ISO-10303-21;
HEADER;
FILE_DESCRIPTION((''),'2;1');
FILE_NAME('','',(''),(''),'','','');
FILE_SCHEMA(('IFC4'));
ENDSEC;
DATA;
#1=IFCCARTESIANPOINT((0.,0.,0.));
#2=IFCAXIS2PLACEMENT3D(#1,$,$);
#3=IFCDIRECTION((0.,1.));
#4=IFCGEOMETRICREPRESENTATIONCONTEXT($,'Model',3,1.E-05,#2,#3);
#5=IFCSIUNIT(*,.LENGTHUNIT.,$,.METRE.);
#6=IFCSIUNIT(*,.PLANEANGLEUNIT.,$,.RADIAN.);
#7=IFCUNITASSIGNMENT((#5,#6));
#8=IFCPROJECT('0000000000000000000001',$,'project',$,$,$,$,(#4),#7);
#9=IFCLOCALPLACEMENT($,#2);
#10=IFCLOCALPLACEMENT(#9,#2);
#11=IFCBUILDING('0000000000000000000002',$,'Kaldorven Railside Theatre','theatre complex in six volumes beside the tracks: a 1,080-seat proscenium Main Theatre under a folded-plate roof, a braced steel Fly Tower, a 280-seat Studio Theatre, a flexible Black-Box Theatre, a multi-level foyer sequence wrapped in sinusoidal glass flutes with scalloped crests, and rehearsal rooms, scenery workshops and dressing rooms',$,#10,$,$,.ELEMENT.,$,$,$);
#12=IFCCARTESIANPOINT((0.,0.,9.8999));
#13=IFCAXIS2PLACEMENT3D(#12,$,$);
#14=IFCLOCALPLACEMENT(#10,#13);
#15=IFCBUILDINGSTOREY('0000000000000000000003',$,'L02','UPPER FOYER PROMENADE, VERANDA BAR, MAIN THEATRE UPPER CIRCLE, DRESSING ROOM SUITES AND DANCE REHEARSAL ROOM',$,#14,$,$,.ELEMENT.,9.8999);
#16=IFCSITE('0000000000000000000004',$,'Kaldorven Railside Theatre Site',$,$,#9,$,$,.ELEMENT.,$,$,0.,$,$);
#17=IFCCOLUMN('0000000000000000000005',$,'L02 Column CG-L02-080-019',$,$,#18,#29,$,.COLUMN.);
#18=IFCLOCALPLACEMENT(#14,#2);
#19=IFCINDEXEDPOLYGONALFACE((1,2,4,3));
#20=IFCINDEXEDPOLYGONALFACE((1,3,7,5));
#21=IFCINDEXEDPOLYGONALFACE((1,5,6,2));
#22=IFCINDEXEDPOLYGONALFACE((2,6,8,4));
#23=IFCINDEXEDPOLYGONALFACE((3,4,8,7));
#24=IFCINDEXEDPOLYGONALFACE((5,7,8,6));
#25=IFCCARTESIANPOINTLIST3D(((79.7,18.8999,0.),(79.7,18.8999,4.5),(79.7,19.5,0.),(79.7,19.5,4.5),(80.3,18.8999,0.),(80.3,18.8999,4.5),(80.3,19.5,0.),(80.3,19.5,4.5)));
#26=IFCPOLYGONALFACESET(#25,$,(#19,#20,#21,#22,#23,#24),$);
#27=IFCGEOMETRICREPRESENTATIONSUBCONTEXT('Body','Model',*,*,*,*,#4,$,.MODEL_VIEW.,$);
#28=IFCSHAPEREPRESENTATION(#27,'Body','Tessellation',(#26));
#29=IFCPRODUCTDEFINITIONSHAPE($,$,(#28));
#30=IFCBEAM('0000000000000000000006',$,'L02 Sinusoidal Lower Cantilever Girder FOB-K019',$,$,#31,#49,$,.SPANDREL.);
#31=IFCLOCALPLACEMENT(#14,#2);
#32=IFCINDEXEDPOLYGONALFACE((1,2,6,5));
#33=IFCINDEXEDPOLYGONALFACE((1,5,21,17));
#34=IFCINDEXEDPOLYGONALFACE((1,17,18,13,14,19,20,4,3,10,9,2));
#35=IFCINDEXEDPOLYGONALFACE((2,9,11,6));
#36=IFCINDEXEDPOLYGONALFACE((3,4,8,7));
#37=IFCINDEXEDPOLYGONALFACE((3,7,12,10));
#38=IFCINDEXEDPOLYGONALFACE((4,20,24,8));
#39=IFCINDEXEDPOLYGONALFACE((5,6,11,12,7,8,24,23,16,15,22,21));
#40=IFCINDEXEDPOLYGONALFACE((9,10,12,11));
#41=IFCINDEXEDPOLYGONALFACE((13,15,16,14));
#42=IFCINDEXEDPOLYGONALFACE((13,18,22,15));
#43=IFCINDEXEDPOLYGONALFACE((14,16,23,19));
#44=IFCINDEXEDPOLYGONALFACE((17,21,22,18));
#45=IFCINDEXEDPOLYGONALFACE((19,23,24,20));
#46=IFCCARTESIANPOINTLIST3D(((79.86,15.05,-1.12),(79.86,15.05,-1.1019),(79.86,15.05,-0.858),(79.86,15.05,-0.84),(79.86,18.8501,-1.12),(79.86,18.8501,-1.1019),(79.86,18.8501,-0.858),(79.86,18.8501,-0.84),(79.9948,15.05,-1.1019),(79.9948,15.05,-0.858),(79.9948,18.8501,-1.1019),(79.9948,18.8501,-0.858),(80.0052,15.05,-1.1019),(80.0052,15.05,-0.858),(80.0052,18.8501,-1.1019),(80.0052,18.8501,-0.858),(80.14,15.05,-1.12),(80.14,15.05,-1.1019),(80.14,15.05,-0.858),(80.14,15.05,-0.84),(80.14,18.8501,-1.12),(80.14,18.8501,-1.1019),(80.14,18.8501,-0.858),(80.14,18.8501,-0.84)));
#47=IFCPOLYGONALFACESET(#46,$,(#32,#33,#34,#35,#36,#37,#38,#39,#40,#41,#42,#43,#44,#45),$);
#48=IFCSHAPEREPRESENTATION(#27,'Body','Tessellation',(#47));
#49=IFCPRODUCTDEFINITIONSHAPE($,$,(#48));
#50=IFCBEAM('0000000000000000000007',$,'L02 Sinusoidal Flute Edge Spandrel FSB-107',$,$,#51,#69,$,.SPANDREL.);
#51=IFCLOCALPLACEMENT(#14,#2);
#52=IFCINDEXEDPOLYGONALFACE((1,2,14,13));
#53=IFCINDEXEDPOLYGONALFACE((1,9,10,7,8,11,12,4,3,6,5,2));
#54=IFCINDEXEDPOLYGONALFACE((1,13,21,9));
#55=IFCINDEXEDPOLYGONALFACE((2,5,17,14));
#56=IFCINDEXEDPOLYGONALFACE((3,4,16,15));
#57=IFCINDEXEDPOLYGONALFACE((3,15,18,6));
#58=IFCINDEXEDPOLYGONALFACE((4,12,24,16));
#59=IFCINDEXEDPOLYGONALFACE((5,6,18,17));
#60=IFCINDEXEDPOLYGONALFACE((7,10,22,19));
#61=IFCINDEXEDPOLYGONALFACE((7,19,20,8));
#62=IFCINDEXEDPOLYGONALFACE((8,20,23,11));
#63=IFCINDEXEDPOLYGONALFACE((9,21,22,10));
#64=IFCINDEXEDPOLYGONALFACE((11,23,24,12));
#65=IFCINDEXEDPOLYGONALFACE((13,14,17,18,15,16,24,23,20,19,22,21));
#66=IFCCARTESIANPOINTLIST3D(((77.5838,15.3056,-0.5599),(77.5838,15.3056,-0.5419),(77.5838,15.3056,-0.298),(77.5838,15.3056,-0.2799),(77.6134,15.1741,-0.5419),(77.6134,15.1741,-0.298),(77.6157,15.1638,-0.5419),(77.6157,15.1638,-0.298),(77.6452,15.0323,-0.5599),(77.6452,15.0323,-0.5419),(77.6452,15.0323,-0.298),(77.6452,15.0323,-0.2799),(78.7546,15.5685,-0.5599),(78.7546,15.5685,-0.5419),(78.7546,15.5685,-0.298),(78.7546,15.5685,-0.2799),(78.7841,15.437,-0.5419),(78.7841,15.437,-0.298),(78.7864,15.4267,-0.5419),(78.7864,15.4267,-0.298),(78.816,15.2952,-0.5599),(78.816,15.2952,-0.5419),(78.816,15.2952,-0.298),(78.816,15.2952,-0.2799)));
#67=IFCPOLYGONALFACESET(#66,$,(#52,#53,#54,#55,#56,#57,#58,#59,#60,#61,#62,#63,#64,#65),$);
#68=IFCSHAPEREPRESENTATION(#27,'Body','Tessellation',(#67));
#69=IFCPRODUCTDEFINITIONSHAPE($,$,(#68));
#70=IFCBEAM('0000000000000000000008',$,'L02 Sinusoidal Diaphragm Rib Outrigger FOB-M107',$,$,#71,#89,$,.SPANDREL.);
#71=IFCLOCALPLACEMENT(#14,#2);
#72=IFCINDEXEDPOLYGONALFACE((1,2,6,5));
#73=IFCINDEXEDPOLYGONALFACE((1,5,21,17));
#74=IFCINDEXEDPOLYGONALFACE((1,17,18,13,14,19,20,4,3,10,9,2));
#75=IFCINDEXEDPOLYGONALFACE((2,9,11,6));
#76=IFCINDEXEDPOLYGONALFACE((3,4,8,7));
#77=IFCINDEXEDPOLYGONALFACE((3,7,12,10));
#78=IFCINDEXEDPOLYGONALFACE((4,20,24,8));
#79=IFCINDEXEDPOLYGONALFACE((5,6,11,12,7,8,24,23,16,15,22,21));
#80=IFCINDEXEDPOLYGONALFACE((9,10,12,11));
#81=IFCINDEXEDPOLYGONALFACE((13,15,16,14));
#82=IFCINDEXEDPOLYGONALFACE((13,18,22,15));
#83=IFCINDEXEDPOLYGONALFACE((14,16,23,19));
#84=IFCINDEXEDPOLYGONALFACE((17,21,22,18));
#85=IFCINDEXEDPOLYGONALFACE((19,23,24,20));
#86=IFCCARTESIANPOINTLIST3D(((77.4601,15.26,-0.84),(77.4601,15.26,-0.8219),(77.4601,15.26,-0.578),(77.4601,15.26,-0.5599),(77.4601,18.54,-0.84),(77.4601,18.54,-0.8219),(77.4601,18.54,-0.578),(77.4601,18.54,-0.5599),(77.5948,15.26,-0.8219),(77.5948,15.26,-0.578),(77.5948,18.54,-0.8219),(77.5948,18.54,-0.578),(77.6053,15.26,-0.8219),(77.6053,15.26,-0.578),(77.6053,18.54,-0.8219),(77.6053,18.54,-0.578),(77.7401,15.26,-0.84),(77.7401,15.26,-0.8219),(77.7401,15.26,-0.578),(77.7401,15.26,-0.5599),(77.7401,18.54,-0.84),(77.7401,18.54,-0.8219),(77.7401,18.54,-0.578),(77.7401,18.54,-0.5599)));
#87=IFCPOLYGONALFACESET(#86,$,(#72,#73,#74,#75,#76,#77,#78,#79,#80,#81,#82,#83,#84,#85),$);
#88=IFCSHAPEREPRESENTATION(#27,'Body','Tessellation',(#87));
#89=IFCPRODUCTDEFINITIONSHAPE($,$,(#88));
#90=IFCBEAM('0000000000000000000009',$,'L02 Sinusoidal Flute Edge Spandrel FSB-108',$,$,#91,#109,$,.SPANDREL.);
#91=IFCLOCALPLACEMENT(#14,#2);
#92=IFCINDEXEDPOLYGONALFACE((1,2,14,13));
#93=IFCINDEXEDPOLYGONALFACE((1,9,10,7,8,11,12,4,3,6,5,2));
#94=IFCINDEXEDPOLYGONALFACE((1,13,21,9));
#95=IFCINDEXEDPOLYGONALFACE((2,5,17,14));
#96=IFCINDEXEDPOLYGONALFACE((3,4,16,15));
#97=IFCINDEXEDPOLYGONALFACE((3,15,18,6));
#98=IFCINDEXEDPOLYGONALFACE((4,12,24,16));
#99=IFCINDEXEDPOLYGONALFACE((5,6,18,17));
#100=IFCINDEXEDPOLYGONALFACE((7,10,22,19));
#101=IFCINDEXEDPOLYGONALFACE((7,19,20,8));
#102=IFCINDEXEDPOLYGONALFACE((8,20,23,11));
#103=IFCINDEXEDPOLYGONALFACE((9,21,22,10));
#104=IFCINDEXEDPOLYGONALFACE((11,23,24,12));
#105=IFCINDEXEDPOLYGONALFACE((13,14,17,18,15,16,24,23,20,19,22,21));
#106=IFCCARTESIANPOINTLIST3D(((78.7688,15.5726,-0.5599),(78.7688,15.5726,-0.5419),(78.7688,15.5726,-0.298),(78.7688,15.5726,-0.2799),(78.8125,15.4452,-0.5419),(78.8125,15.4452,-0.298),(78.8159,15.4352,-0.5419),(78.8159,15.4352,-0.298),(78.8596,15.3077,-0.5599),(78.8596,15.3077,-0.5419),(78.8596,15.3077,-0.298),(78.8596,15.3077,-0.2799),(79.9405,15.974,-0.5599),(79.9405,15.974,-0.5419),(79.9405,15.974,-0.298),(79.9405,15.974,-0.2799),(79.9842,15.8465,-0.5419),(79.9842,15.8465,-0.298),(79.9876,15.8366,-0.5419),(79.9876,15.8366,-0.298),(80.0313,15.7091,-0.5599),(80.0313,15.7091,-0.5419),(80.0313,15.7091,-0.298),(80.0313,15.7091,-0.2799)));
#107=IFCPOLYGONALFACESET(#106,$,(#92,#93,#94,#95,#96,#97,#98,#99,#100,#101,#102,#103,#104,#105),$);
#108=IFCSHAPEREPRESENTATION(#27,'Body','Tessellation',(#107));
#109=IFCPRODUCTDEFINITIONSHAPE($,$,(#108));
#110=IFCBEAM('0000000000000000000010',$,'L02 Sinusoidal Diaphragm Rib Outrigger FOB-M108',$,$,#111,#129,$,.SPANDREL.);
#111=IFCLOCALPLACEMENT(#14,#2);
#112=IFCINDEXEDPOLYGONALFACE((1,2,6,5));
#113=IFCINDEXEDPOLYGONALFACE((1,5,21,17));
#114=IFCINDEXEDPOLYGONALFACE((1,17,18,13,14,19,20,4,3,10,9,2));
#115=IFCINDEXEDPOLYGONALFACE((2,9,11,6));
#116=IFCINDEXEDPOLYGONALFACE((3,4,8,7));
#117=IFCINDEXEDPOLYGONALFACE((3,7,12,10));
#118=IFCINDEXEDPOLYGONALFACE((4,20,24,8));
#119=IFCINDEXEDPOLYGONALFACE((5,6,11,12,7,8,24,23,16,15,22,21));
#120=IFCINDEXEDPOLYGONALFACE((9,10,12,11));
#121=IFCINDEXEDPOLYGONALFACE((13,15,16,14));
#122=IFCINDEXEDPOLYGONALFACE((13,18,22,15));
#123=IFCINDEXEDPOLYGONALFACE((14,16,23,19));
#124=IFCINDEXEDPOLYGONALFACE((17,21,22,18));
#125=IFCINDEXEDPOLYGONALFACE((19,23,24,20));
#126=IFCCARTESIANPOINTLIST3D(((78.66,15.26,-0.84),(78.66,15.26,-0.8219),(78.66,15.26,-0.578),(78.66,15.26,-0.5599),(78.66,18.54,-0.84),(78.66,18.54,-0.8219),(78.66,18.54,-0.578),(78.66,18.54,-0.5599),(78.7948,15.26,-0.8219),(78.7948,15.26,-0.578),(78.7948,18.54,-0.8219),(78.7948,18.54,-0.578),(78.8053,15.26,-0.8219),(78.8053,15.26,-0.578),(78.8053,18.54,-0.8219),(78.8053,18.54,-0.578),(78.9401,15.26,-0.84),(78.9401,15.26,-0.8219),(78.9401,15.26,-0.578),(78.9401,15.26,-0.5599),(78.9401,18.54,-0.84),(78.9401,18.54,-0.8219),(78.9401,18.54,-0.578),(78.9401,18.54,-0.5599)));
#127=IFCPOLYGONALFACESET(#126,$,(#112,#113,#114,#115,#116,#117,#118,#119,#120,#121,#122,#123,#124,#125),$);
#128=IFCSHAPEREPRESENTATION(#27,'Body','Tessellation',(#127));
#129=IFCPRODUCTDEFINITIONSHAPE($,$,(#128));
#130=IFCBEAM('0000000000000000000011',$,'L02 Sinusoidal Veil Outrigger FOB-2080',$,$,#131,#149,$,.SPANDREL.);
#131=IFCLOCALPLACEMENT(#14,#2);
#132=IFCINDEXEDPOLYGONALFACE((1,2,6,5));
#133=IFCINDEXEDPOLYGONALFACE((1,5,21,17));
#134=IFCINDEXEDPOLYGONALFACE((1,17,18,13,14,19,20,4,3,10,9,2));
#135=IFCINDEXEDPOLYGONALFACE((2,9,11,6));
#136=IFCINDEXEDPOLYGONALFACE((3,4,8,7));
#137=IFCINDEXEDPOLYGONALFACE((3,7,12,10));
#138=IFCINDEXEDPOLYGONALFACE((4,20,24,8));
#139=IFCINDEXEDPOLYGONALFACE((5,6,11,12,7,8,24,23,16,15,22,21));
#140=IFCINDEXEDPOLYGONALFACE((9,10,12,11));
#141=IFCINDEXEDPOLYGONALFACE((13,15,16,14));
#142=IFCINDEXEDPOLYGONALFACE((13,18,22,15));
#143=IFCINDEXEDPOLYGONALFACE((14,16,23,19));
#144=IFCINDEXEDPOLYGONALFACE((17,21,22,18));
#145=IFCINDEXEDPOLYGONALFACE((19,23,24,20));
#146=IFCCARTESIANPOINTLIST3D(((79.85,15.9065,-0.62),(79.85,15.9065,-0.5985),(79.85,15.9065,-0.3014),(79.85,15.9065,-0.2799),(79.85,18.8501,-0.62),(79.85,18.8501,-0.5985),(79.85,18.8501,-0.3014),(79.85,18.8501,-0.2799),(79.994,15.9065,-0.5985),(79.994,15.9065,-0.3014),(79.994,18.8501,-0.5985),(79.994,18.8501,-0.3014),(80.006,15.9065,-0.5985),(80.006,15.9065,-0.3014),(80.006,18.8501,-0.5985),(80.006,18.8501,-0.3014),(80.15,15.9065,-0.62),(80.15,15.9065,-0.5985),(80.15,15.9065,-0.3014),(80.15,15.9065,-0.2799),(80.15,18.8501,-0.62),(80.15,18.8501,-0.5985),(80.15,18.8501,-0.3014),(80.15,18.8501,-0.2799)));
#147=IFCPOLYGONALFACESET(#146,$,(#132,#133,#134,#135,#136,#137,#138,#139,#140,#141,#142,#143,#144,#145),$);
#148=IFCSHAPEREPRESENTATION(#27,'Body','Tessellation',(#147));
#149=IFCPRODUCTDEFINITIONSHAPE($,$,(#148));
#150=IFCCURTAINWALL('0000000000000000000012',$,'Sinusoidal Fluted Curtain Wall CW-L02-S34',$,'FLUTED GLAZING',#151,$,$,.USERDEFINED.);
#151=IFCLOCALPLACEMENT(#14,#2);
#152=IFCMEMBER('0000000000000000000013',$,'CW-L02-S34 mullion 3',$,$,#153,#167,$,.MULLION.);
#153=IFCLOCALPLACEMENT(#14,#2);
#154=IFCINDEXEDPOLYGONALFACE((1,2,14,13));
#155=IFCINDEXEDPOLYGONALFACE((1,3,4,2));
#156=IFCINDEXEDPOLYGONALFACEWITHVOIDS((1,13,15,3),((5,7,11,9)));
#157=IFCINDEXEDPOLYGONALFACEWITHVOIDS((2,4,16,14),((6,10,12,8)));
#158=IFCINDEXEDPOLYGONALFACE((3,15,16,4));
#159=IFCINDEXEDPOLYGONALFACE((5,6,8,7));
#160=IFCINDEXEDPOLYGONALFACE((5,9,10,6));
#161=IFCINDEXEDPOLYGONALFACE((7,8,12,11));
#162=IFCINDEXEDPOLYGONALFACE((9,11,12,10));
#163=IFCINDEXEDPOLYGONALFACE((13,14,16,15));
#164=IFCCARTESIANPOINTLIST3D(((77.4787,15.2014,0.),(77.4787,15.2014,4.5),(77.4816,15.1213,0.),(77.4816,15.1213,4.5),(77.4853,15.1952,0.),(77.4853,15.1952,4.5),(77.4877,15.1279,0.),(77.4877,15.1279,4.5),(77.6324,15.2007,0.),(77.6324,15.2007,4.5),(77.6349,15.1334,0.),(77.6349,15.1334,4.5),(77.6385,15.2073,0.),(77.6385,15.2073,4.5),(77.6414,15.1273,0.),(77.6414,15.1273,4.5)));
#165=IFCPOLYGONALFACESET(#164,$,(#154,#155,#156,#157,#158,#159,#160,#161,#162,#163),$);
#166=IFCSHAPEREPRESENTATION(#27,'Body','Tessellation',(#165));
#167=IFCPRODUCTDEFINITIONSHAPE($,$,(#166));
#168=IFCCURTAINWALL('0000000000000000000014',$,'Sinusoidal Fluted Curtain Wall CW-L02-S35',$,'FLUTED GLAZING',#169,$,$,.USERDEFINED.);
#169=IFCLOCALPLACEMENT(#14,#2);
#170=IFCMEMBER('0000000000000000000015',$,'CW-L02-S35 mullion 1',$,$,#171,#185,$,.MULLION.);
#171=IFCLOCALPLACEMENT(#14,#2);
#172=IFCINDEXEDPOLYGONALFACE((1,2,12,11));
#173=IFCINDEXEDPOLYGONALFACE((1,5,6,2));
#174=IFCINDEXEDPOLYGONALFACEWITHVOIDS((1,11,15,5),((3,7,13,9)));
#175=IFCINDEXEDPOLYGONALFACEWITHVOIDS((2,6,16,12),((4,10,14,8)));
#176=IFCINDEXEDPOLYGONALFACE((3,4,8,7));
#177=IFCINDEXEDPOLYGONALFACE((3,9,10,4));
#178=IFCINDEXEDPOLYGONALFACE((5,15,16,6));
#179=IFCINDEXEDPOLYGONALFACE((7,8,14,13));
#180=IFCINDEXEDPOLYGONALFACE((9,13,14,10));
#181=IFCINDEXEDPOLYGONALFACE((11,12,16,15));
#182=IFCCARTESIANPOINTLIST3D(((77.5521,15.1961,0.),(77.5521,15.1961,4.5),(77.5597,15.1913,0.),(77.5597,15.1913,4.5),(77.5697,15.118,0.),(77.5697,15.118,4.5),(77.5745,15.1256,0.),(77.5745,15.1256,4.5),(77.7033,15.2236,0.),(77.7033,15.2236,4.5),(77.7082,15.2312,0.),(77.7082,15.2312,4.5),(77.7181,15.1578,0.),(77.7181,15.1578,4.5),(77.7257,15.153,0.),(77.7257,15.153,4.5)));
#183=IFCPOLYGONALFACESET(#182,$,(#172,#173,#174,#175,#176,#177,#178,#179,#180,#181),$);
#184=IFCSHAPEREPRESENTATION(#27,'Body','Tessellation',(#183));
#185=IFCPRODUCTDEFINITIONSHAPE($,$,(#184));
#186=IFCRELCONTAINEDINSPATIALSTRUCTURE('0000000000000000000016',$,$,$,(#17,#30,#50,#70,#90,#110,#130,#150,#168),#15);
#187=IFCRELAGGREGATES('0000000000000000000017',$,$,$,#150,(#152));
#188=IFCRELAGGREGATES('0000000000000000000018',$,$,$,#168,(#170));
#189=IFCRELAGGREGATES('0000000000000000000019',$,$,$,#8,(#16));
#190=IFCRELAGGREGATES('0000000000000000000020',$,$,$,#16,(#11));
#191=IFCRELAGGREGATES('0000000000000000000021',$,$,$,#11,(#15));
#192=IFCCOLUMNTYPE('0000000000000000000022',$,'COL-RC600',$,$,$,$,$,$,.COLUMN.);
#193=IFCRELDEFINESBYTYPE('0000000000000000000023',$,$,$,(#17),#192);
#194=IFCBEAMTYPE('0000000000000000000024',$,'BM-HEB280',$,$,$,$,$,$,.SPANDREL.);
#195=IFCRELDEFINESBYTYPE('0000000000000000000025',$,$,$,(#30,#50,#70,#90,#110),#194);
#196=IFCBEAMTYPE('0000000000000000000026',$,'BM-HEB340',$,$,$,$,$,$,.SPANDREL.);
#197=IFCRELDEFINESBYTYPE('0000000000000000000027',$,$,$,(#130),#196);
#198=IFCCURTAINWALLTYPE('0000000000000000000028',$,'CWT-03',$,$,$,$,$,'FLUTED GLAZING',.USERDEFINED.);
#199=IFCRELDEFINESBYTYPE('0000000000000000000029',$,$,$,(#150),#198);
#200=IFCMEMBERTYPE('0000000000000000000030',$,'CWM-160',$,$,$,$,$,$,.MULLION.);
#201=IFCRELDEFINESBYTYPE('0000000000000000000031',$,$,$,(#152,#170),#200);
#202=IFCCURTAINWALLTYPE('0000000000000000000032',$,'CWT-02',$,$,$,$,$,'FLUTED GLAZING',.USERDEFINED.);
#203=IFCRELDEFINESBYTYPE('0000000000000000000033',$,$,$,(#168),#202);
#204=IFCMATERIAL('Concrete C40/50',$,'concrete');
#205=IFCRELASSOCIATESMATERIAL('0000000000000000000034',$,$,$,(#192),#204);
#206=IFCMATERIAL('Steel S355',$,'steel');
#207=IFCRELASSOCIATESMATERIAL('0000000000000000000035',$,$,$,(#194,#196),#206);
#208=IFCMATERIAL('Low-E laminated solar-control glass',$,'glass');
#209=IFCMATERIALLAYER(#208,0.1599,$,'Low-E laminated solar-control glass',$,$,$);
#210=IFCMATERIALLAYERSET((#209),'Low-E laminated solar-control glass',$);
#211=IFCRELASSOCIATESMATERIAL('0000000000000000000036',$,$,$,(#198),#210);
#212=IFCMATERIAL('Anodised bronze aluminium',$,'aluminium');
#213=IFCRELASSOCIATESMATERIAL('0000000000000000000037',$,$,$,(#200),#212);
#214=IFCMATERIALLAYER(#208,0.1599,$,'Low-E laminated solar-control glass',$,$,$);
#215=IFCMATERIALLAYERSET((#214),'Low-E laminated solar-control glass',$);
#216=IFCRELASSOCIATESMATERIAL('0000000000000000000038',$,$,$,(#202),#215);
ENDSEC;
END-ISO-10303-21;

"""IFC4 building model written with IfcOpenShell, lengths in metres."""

from ifc_helpers import new_model, si_unit, direction, frame, origin, origin_2d, place, context, subcontext, project, spatial, rectangle, hollow_rectangle, i_section, extrude, material, layer, layer_set, material_profile, profile_set, type_object, element, aggregate, save


model = new_model("IFC4")

# Units and contexts
model_context = context("Model", 3, precision=1e-05, world=origin(), true_north=direction((0.0, 1.0)))
body_context = subcontext(model_context, "Body", "Model", "MODEL_VIEW")
ifc_project = project(units=[si_unit("LENGTHUNIT", "METRE"), si_unit("PLANEANGLEUNIT", "RADIAN")], contexts=[model_context])

# Site, building, storey
site_placement = place(None, origin())
site = spatial("IfcSite", under=ifc_project, at=site_placement, Name="Kaldorven Railside Theatre Site", CompositionType="ELEMENT", RefElevation=0.0)
building_placement = place(site_placement, origin())
building = spatial("IfcBuilding", under=site, at=building_placement, Name="Kaldorven Railside Theatre", Description="theatre complex in six volumes beside the tracks: a 1,080-seat proscenium Main Theatre under a folded-plate roof, a braced steel Fly Tower, a 280-seat Studio Theatre, a flexible Black-Box Theatre, a multi-level foyer sequence wrapped in sinusoidal glass flutes with scalloped crests, and rehearsal rooms, scenery workshops and dressing rooms", CompositionType="ELEMENT")
storey_placement = place(building_placement, frame((0.0, 0.0, 9.8999)))
storey = spatial("IfcBuildingStorey", under=building, at=storey_placement, Name="L02", Description="UPPER FOYER PROMENADE, VERANDA BAR, MAIN THEATRE UPPER CIRCLE, DRESSING ROOM SUITES AND DANCE REHEARSAL ROOM", CompositionType="ELEMENT", Elevation=9.8999)

# Column
ifc_material_1 = material(Name="Concrete C40/50", Category="concrete")
ifc_material_profile_1 = material_profile(ifc_material_1, rectangle(XDim=0.6001, YDim=0.6001, at=origin_2d()), Name="RC 600x600")
ifc_profile_set_1 = profile_set([ifc_material_profile_1], Name="Concrete C40/50")
column_type = type_object("IfcColumnType", Name="COL-RC600", PredefinedType="COLUMN", material=ifc_profile_set_1)
column_placement = place(storey_placement, frame((80.0, 19.2, 0.0), z_axis=(0.0, 0.0, 1.0), x_axis=(0.0, 1.0, 0.0)))
element("IfcColumn", 1, at=column_placement, inside=storey, type_object=column_type, Name="L02 Column CG-L02-080-019", PredefinedType="COLUMN", context=body_context, shape_type="SweptSolid", body=[
    extrude(rectangle(XDim=0.6001, YDim=0.6001, at=origin_2d()), origin(), (0.0, 0.0, 1.0), 4.5),
])

# Beams
ifc_material_2 = material(Name="Steel S355", Category="steel")
ifc_material_profile_2 = material_profile(ifc_material_2, i_section(OverallWidth=0.28, OverallDepth=0.28, WebThickness=0.0105, FlangeThickness=0.0181, at=origin_2d()), Name="HEB 280")
ifc_profile_set_2 = profile_set([ifc_material_profile_2], Name="Steel S355")
beam_type_1 = type_object("IfcBeamType", Name="BM-HEB280", PredefinedType="SPANDREL", material=ifc_profile_set_2)
beam_1_placement = place(storey_placement, frame((80.0, 15.05, -0.98), z_axis=(0.0, 1.0, 0.0), x_axis=(-1.0, 0.0, 0.0)))
element("IfcBeam", 2, at=beam_1_placement, inside=storey, type_object=beam_type_1, Name="L02 Sinusoidal Lower Cantilever Girder FOB-K019", PredefinedType="SPANDREL", context=body_context, shape_type="SweptSolid", body=[
    extrude(i_section(OverallWidth=0.28, OverallDepth=0.28, WebThickness=0.0105, FlangeThickness=0.0181, at=origin_2d()), origin(), (0.0, 0.0, 1.0), 3.8),
])
beam_2_placement = place(storey_placement, frame((77.6145, 15.1689, -0.4199), z_axis=(0.975701, 0.219106, 0.0), x_axis=(-0.219106, 0.975701, 0.0)))
element("IfcBeam", 3, at=beam_2_placement, inside=storey, type_object=beam_type_1, Name="L02 Sinusoidal Flute Edge Spandrel FSB-107", PredefinedType="SPANDREL", context=body_context, shape_type="SweptSolid", body=[
    extrude(i_section(OverallWidth=0.28, OverallDepth=0.28, WebThickness=0.0105, FlangeThickness=0.0181, at=origin_2d()), origin(), (0.0, 0.0, 1.0), 1.2),
])
beam_3_placement = place(storey_placement, frame((77.6001, 15.26, -0.7), z_axis=(0.0, 1.0, 0.0), x_axis=(-1.0, 0.0, 0.0)))
element("IfcBeam", 4, at=beam_3_placement, inside=storey, type_object=beam_type_1, Name="L02 Sinusoidal Diaphragm Rib Outrigger FOB-M107", PredefinedType="SPANDREL", context=body_context, shape_type="SweptSolid", body=[
    extrude(i_section(OverallWidth=0.28, OverallDepth=0.28, WebThickness=0.0105, FlangeThickness=0.0181, at=origin_2d()), origin(), (0.0, 0.0, 1.0), 3.28),
])
beam_4_placement = place(storey_placement, frame((78.8142, 15.4402, -0.4199), z_axis=(0.946029, 0.324082, 0.0), x_axis=(-0.324082, 0.946029, 0.0)))
element("IfcBeam", 5, at=beam_4_placement, inside=storey, type_object=beam_type_1, Name="L02 Sinusoidal Flute Edge Spandrel FSB-108", PredefinedType="SPANDREL", context=body_context, shape_type="SweptSolid", body=[
    extrude(i_section(OverallWidth=0.28, OverallDepth=0.28, WebThickness=0.0105, FlangeThickness=0.0181, at=origin_2d()), origin(), (0.0, 0.0, 1.0), 1.2385),
])
beam_5_placement = place(storey_placement, frame((78.8, 15.26, -0.7), z_axis=(0.0, 1.0, 0.0), x_axis=(-1.0, 0.0, 0.0)))
element("IfcBeam", 6, at=beam_5_placement, inside=storey, type_object=beam_type_1, Name="L02 Sinusoidal Diaphragm Rib Outrigger FOB-M108", PredefinedType="SPANDREL", context=body_context, shape_type="SweptSolid", body=[
    extrude(i_section(OverallWidth=0.28, OverallDepth=0.28, WebThickness=0.0105, FlangeThickness=0.0181, at=origin_2d()), origin(), (0.0, 0.0, 1.0), 3.28),
])
ifc_material_profile_3 = material_profile(ifc_material_2, i_section(OverallWidth=0.3, OverallDepth=0.3401, WebThickness=0.012, FlangeThickness=0.0215, at=origin_2d()), Name="HEB 340")
ifc_profile_set_3 = profile_set([ifc_material_profile_3], Name="Steel S355")
beam_type_2 = type_object("IfcBeamType", Name="BM-HEB340", PredefinedType="SPANDREL", material=ifc_profile_set_3)
beam_6_placement = place(storey_placement, frame((80.0, 15.9065, -0.45), z_axis=(0.0, 1.0, 0.0), x_axis=(-1.0, 0.0, 0.0)))
element("IfcBeam", 7, at=beam_6_placement, inside=storey, type_object=beam_type_2, Name="L02 Sinusoidal Veil Outrigger FOB-2080", PredefinedType="SPANDREL", context=body_context, shape_type="SweptSolid", body=[
    extrude(i_section(OverallWidth=0.3, OverallDepth=0.3401, WebThickness=0.012, FlangeThickness=0.0215, at=origin_2d()), origin(), (0.0, 0.0, 1.0), 2.9436),
])

# Curtain wall, member
ifc_material_3 = material(Name="Low-E laminated solar-control glass", Category="glass")
ifc_layer_1 = layer(ifc_material_3, 0.1599, Name="Low-E laminated solar-control glass")
ifc_layer_set_1 = layer_set([ifc_layer_1], Name="Low-E laminated solar-control glass")
curtain_wall_type_1 = type_object("IfcCurtainWallType", Name="CWT-03", ElementType="FLUTED GLAZING", PredefinedType="USERDEFINED", material=ifc_layer_set_1)
curtain_wall_1_placement = place(storey_placement, origin())
curtain_wall_1 = element("IfcCurtainWall", 8, at=curtain_wall_1_placement, inside=storey, type_object=curtain_wall_type_1, Name="Sinusoidal Fluted Curtain Wall CW-L02-S34", ObjectType="FLUTED GLAZING", PredefinedType="USERDEFINED")
ifc_material_4 = material(Name="Anodised bronze aluminium", Category="aluminium")
ifc_material_profile_4 = material_profile(ifc_material_4, hollow_rectangle(XDim=0.0801, YDim=0.1599, WallThickness=0.0063, at=origin_2d()), Name="RHS 160x80x6.3")
ifc_profile_set_4 = profile_set([ifc_material_profile_4], Name="Anodised bronze aluminium")
member_type_1 = type_object("IfcMemberType", Name="CWM-160", PredefinedType="MULLION", material=ifc_profile_set_4)
member_1_placement = place(storey_placement, frame((77.5601, 15.1643, 0.0), z_axis=(0.0, 0.0, 1.0), x_axis=(-0.037058, 0.999313, 0.0)))
member_1 = element("IfcMember", 9, at=member_1_placement, type_object=member_type_1, Name="CW-L02-S34 mullion 3", PredefinedType="MULLION", context=body_context, shape_type="SweptSolid", body=[
    extrude(hollow_rectangle(XDim=0.0801, YDim=0.1599, WallThickness=0.0063, at=origin_2d()), origin(), (0.0, 0.0, 1.0), 4.5),
])

# Curtain wall, member
ifc_layer_2 = layer(ifc_material_3, 0.1599, Name="Low-E laminated solar-control glass")
ifc_layer_set_2 = layer_set([ifc_layer_2], Name="Low-E laminated solar-control glass")
curtain_wall_type_2 = type_object("IfcCurtainWallType", Name="CWT-02", ElementType="FLUTED GLAZING", PredefinedType="USERDEFINED", material=ifc_layer_set_2)
curtain_wall_2_placement = place(storey_placement, origin())
curtain_wall_2 = element("IfcCurtainWall", 10, at=curtain_wall_2_placement, inside=storey, type_object=curtain_wall_type_2, Name="Sinusoidal Fluted Curtain Wall CW-L02-S35", ObjectType="FLUTED GLAZING", PredefinedType="USERDEFINED")
member_2_placement = place(storey_placement, frame((77.6389, 15.1746, 0.0), z_axis=(0.0, 0.0, 1.0), x_axis=(-0.219203, 0.975679, 0.0)))
member_2 = element("IfcMember", 11, at=member_2_placement, type_object=member_type_1, Name="CW-L02-S35 mullion 1", PredefinedType="MULLION", context=body_context, shape_type="SweptSolid", body=[
    extrude(hollow_rectangle(XDim=0.0801, YDim=0.1599, WallThickness=0.0063, at=origin_2d()), origin(), (0.0, 0.0, 1.0), 4.5),
])

aggregate(curtain_wall_1, [member_1])
aggregate(curtain_wall_2, [member_2])

save(model, "model.ifc")
